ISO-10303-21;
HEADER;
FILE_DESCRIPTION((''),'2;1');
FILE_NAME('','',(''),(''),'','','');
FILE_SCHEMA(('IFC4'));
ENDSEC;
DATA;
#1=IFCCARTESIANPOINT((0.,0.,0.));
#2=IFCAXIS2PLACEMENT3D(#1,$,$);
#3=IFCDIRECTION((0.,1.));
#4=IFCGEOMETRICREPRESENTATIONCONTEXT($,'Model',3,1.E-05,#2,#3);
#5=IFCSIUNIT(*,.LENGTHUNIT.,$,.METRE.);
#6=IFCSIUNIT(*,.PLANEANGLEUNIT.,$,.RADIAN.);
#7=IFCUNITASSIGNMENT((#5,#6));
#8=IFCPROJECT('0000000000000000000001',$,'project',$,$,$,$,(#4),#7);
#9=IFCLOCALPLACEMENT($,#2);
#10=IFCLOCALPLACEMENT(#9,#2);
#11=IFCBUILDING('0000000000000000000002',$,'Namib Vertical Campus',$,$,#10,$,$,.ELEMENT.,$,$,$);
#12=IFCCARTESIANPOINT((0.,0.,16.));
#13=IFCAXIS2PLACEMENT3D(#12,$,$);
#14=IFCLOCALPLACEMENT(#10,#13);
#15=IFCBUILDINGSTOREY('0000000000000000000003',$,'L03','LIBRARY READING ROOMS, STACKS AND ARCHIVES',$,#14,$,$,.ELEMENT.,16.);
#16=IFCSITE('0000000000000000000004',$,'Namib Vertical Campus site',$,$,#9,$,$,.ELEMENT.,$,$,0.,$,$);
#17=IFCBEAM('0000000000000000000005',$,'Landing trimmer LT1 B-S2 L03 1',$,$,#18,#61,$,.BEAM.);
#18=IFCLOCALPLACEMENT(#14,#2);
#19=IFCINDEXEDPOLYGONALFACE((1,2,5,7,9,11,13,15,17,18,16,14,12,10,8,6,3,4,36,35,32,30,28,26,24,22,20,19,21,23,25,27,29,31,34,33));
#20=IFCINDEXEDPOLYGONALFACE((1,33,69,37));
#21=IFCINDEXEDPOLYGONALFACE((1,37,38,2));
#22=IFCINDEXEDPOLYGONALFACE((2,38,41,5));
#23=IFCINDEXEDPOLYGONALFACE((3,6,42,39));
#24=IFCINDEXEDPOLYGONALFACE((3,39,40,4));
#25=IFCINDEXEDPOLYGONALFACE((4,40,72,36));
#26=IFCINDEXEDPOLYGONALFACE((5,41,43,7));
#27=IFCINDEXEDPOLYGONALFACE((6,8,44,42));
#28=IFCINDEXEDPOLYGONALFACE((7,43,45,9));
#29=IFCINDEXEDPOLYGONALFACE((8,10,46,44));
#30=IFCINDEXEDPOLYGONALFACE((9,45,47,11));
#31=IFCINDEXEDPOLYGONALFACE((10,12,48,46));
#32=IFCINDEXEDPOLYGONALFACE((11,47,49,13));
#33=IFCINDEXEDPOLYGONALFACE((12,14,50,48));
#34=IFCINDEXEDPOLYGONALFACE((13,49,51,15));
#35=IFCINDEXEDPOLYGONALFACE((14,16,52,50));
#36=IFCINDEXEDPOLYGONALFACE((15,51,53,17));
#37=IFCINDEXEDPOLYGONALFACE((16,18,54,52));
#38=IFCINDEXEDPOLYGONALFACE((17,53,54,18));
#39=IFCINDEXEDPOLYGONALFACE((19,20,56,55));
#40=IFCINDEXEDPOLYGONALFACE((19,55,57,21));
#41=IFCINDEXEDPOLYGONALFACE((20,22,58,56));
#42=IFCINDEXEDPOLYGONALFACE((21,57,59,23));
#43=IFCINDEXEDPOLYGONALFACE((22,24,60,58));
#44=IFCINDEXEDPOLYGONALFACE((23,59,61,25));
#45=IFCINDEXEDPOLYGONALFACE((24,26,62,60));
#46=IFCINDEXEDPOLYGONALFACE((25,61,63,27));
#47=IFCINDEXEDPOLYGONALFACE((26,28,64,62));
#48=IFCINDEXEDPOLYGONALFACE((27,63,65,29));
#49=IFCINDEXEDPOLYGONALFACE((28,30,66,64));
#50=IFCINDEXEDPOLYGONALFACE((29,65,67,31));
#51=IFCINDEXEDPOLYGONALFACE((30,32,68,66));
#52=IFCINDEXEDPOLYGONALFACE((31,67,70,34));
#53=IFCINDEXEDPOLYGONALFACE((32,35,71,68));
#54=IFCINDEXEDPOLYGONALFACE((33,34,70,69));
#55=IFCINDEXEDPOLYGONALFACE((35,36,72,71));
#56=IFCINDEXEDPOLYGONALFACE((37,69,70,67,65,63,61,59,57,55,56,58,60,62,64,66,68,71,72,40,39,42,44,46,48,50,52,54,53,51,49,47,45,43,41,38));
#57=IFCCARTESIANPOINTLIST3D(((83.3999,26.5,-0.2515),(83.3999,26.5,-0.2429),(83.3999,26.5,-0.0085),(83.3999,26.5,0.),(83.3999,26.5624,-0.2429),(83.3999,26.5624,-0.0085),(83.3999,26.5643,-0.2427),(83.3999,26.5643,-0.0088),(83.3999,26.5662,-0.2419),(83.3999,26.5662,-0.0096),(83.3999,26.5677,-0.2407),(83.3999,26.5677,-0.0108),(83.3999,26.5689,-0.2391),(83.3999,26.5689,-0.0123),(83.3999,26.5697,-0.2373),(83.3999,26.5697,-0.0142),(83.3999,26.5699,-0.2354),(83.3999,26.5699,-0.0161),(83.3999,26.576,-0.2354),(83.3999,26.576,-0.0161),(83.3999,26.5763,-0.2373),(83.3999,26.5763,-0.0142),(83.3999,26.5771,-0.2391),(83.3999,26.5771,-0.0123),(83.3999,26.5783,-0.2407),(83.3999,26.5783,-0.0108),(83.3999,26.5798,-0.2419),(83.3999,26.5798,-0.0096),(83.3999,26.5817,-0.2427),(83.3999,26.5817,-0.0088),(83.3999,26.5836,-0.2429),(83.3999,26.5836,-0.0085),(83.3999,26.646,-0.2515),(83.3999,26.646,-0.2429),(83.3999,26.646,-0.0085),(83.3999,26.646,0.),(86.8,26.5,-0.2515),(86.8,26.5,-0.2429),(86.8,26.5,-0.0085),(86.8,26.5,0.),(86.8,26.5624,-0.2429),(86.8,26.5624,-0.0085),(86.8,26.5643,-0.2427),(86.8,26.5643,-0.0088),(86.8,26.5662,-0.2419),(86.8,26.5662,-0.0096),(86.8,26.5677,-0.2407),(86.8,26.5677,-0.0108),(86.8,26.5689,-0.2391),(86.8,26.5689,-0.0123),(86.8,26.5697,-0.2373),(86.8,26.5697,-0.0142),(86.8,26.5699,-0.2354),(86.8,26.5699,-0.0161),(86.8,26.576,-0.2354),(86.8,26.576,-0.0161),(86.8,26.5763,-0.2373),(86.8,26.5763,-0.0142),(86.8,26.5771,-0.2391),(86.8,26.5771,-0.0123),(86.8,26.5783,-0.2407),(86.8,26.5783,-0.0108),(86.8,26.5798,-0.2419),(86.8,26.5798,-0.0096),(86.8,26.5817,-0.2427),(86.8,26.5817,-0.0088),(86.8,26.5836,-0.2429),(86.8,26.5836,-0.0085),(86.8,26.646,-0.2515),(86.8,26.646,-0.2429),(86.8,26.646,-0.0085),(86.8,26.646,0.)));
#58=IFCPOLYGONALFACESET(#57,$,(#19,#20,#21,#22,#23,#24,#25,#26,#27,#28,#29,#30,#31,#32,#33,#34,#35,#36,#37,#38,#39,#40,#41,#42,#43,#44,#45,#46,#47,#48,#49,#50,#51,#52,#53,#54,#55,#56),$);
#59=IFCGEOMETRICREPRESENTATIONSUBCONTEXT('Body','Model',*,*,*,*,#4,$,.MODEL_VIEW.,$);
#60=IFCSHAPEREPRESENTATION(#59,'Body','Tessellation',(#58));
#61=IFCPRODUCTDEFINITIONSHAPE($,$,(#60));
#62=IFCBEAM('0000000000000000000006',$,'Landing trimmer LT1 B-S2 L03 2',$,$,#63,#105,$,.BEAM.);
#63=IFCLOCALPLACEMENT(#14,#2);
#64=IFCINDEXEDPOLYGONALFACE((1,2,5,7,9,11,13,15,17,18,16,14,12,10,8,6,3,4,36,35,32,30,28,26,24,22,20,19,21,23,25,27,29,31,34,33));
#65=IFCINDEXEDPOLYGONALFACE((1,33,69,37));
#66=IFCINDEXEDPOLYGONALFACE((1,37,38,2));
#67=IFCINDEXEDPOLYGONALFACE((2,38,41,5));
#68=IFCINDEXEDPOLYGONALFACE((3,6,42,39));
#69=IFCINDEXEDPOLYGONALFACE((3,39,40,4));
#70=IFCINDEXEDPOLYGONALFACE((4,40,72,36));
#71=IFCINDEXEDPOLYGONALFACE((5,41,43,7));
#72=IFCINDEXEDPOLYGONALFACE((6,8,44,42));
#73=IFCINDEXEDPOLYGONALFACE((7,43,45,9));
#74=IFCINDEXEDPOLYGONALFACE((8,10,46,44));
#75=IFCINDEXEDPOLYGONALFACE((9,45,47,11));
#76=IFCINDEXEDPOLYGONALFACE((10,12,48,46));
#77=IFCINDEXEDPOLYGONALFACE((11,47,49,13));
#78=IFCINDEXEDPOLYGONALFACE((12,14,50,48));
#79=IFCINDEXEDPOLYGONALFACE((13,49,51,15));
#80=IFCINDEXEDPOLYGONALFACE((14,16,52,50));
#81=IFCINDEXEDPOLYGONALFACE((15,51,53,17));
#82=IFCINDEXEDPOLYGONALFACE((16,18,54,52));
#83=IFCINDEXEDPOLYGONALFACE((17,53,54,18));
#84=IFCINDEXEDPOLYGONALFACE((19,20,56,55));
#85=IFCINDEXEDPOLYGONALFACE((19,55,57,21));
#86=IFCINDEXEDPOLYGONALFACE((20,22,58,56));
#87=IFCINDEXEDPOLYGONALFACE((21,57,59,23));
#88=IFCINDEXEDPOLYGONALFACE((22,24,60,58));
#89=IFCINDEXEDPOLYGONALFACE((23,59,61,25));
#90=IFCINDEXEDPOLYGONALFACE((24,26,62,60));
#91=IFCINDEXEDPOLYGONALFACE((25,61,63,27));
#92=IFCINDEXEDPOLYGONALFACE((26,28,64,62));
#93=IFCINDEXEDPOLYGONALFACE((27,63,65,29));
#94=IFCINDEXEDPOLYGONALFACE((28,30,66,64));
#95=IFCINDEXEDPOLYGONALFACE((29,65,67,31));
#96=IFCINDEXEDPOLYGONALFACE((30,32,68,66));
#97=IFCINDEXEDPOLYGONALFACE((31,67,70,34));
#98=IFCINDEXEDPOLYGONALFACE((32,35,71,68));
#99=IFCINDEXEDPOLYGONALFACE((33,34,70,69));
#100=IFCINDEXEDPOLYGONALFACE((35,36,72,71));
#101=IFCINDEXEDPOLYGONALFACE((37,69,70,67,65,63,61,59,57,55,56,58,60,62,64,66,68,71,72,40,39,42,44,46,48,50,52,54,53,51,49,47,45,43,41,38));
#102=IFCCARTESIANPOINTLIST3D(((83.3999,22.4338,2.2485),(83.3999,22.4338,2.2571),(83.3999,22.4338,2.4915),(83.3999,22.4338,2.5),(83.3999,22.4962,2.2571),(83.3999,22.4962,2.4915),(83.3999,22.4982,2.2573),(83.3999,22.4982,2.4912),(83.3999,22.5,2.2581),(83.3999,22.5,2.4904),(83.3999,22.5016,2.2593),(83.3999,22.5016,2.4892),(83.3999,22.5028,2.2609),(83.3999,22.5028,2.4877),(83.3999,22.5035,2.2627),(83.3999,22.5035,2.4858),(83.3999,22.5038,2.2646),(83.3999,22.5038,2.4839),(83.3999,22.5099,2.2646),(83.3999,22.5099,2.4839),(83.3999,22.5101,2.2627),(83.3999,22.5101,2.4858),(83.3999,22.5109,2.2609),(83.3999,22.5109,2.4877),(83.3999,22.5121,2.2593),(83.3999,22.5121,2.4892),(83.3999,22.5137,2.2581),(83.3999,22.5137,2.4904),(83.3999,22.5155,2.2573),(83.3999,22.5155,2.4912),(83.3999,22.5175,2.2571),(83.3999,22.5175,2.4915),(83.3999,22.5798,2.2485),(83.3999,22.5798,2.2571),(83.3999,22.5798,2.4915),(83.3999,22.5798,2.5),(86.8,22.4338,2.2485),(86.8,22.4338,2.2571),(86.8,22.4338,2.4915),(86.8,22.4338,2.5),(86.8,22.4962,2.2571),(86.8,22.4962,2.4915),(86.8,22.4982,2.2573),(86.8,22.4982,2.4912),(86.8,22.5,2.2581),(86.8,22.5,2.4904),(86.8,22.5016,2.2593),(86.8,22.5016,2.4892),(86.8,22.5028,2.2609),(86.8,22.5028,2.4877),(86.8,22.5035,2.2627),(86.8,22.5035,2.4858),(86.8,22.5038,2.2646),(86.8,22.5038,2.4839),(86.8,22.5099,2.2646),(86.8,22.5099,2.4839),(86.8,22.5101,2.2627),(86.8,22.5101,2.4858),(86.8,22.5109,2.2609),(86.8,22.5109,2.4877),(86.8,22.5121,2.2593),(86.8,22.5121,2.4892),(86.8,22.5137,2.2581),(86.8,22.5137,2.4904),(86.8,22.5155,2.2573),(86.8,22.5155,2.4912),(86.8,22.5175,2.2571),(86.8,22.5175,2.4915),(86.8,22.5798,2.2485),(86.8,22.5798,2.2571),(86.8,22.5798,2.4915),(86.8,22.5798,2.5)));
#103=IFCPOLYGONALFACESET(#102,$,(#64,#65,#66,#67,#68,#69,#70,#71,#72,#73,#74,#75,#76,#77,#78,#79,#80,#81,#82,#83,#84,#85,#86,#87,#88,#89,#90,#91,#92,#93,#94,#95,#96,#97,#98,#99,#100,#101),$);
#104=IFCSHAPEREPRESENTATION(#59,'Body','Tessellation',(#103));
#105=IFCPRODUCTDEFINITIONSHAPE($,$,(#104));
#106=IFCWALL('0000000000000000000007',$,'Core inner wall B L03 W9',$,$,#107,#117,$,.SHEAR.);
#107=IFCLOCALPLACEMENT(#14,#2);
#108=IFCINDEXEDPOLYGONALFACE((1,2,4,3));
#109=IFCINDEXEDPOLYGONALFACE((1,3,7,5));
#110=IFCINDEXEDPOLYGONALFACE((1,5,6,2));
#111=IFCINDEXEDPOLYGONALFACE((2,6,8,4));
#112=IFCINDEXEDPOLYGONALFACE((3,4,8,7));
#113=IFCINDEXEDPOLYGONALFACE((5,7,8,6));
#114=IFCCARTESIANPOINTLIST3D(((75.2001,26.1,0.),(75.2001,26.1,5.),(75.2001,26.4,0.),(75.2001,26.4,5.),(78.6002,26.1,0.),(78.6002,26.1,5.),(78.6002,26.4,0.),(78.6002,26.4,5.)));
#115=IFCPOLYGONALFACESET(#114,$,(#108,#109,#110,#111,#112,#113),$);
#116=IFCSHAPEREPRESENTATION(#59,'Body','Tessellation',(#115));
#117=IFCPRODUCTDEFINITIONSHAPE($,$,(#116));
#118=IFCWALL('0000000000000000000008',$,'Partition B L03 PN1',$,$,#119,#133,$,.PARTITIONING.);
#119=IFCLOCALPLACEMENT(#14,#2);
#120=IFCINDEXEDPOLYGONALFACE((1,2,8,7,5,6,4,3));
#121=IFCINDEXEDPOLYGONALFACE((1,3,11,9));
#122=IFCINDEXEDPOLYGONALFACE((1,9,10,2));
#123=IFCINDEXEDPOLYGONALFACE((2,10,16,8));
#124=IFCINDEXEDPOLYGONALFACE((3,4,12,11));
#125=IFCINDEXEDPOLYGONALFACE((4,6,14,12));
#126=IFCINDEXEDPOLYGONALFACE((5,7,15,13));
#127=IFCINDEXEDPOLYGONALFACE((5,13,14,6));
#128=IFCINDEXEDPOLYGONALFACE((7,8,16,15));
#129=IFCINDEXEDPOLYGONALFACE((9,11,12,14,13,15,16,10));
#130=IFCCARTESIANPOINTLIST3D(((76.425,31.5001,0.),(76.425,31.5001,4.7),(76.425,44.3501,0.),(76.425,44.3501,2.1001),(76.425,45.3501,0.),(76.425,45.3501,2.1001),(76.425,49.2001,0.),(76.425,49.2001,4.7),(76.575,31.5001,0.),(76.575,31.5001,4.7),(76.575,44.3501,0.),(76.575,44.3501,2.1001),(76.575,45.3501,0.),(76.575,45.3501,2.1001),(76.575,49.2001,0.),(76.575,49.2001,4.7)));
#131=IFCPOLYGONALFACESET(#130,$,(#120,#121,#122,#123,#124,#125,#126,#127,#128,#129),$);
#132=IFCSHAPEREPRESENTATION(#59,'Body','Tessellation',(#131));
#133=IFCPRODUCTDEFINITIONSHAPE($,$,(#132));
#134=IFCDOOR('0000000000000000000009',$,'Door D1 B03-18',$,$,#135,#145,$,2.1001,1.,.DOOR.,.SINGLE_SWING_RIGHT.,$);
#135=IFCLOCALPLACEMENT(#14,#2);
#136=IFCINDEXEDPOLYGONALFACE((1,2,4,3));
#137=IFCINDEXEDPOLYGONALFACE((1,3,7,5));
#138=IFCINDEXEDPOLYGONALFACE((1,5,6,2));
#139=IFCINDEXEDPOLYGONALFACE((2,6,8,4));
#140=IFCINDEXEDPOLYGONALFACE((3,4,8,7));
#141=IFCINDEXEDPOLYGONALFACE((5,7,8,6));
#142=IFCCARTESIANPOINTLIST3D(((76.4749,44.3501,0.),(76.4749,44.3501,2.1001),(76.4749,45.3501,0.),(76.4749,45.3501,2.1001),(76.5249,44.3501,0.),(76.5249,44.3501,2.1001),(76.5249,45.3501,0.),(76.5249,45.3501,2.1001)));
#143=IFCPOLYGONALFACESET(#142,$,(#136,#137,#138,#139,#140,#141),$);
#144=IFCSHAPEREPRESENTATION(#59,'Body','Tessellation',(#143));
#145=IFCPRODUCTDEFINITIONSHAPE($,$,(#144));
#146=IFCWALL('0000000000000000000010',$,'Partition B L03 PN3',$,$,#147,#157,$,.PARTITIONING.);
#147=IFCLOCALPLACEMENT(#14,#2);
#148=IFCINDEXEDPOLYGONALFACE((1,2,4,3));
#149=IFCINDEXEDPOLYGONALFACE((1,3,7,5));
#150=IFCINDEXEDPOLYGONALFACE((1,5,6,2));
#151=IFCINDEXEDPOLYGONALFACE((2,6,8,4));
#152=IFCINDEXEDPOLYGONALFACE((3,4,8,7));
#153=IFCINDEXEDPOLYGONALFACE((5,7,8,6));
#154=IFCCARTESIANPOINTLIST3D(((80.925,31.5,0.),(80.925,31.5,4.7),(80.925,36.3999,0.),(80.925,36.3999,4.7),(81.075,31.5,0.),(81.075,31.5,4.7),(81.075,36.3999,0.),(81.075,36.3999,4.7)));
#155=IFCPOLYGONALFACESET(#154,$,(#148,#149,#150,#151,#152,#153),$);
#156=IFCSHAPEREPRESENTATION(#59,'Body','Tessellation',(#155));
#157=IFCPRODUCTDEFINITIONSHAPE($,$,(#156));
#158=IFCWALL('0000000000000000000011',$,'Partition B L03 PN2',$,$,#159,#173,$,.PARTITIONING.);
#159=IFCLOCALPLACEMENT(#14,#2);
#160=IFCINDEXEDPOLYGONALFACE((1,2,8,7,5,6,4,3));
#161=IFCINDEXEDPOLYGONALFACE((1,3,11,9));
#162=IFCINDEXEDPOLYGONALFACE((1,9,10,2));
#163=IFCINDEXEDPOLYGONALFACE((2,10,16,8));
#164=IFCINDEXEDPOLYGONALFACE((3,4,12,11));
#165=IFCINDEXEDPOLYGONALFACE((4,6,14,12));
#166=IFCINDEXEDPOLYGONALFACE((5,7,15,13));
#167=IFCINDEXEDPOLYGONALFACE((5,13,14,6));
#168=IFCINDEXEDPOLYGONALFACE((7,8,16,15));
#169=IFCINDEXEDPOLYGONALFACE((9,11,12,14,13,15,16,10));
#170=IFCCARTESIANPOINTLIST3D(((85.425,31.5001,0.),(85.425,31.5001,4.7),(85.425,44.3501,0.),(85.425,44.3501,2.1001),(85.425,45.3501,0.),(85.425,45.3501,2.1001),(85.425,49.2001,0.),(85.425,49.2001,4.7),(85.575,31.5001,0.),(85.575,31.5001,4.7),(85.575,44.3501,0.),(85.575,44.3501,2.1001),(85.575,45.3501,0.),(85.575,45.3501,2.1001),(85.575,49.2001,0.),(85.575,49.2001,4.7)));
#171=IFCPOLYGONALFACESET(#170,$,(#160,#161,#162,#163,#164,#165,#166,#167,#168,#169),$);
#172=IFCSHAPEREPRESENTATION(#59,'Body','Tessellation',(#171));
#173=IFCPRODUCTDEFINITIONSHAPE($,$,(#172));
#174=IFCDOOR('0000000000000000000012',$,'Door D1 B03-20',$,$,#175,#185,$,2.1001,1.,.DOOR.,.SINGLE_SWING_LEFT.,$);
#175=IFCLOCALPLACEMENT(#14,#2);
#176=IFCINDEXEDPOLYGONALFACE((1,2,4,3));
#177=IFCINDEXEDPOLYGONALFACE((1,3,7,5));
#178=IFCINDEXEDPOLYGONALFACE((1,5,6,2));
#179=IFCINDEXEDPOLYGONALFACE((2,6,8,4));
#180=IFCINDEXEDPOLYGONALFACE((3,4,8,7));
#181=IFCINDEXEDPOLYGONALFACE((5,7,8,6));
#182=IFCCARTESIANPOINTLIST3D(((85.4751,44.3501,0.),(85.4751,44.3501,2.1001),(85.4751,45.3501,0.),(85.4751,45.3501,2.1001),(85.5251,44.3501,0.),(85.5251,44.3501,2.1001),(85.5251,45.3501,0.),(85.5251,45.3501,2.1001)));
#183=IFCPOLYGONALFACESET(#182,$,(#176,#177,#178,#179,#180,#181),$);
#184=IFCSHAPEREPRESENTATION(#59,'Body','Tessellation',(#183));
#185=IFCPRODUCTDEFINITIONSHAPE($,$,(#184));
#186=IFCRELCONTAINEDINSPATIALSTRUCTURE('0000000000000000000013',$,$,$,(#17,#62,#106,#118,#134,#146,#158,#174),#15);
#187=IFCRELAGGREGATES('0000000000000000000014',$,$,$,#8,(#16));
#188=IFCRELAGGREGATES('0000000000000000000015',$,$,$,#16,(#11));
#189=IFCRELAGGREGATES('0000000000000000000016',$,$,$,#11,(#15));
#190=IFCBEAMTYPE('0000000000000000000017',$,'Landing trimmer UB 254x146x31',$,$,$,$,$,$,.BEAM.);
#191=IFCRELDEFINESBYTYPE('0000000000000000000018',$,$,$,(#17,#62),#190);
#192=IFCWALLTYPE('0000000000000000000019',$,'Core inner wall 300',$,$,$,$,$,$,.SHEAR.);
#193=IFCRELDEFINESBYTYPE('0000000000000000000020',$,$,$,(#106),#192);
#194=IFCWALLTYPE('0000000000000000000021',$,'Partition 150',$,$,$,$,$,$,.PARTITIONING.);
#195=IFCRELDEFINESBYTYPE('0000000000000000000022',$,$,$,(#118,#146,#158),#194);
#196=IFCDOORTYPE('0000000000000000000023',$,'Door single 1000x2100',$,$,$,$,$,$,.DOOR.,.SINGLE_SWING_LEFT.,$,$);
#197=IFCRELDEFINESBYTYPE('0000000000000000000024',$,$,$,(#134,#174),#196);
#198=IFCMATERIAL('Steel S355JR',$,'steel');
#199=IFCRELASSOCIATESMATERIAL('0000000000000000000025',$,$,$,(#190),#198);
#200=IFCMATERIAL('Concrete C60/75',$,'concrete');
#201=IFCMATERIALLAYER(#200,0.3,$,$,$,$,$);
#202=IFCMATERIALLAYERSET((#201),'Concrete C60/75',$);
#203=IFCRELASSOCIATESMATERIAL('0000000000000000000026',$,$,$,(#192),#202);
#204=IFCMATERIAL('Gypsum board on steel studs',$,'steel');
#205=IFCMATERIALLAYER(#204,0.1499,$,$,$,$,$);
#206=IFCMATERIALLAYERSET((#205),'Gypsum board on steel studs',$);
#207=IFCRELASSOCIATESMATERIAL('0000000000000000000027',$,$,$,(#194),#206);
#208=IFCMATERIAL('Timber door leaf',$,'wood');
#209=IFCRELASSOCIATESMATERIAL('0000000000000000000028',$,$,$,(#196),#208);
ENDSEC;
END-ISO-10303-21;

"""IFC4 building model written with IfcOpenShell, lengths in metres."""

from ifc_helpers import new_model, si_unit, direction, frame, frame_2d, origin, origin_2d, place, context, subcontext, project, spatial, rectangle, i_section, extrude, material, layer, layer_set, material_profile, profile_set, type_object, element, fill, save


model = new_model("IFC4")

# Units and contexts
model_context = context("Model", 3, precision=1e-05, world=origin(), true_north=direction((0.0, 1.0)))
body_context = subcontext(model_context, "Body", "Model", "MODEL_VIEW")
ifc_project = project(units=[si_unit("LENGTHUNIT", "METRE"), si_unit("PLANEANGLEUNIT", "RADIAN")], contexts=[model_context])

# Site, building, storey
site_placement = place(None, origin())
site = spatial("IfcSite", under=ifc_project, at=site_placement, Name="Namib Vertical Campus site", CompositionType="ELEMENT", RefElevation=0.0)
building_placement = place(site_placement, origin())
building = spatial("IfcBuilding", under=site, at=building_placement, Name="Namib Vertical Campus", CompositionType="ELEMENT")
storey_placement = place(building_placement, frame((0.0, 0.0, 16.0)))
storey = spatial("IfcBuildingStorey", under=building, at=storey_placement, Name="L03", Description="LIBRARY READING ROOMS, STACKS AND ARCHIVES", CompositionType="ELEMENT", Elevation=16.0)

# Beams
ifc_material_1 = material(Name="Steel S355JR", Category="steel")
ifc_material_profile = material_profile(ifc_material_1, i_section(OverallWidth=0.146, OverallDepth=0.2515, WebThickness=0.0061, FlangeThickness=0.0085, FilletRadius=0.0076, at=origin_2d()))
ifc_profile_set = profile_set([ifc_material_profile], Name="Steel S355JR")
beam_type = type_object("IfcBeamType", Name="Landing trimmer UB 254x146x31", PredefinedType="BEAM", material=ifc_profile_set)
for number, where, z_axis, x_axis, name in (
    (1, (83.3999, 26.573, -0.1257), (1.0, 0.0, 0.0), (0.0, 1.0, 0.0), "Landing trimmer LT1 B-S2 L03 1"),
    (2, (83.3999, 22.5068, 2.3743), (1.0, 0.0, 0.0), (0.0, 1.0, 0.0), "Landing trimmer LT1 B-S2 L03 2"),
):
    element("IfcBeam", number, at=place(storey_placement, frame(where, z_axis=z_axis, x_axis=x_axis)), inside=storey, type_object=beam_type, Name=name, PredefinedType="BEAM", context=body_context, shape_type="SweptSolid", body=[
        extrude(i_section(OverallWidth=0.146, OverallDepth=0.2515, WebThickness=0.0061, FlangeThickness=0.0085, FilletRadius=0.0076, at=origin_2d()), origin(), (0.0, 0.0, 1.0), 3.4001),
    ])

# Wall
ifc_material_2 = material(Name="Concrete C60/75", Category="concrete")
ifc_layer_1 = layer(ifc_material_2, 0.3)
ifc_layer_set_1 = layer_set([ifc_layer_1], Name="Concrete C60/75")
wall_type_1 = type_object("IfcWallType", Name="Core inner wall 300", PredefinedType="SHEAR", material=ifc_layer_set_1)
wall_1_placement = place(storey_placement, frame((75.2, 26.25, 0.0), z_axis=(0.0, 0.0, 1.0), x_axis=(1.0, 0.0, 0.0)))
element("IfcWall", 3, at=wall_1_placement, inside=storey, type_object=wall_type_1, Name="Core inner wall B L03 W9", PredefinedType="SHEAR", context=body_context, shape_type="SweptSolid", body=[
    extrude(rectangle(XDim=3.4001, YDim=0.3, at=frame_2d((1.7002, 0.0))), origin(), (0.0, 0.0, 1.0), 5.0),
])

# Wall, opening, door
ifc_material_3 = material(Name="Gypsum board on steel studs", Category="steel")
ifc_layer_2 = layer(ifc_material_3, 0.1499)
ifc_layer_set_2 = layer_set([ifc_layer_2], Name="Gypsum board on steel studs")
wall_type_2 = type_object("IfcWallType", Name="Partition 150", PredefinedType="PARTITIONING", material=ifc_layer_set_2)
wall_2_placement = place(storey_placement, frame((76.5, 31.5, 0.0), z_axis=(0.0, 0.0, 1.0), x_axis=(0.0, 1.0, 0.0)))
wall_2 = element("IfcWall", 4, at=wall_2_placement, inside=storey, type_object=wall_type_2, Name="Partition B L03 PN1", PredefinedType="PARTITIONING", context=body_context, shape_type="SweptSolid", body=[
    extrude(rectangle(XDim=17.7, YDim=0.1499, at=frame_2d((8.8501, 0.0))), origin(), (0.0, 0.0, 1.0), 4.7),
])
opening_1_placement = place(wall_2_placement, frame((12.8501, 0.0, 0.0)))
opening_1 = element("IfcOpeningElement", 5, at=opening_1_placement, cuts=wall_2, PredefinedType="OPENING", context=body_context, shape_type="SweptSolid", body=[
    extrude(rectangle(XDim=1.0, YDim=2.1001, at=frame_2d((0.5, 1.05))), frame((0.0, 0.085, 0.0), z_axis=(0.0, -1.0, 0.0), x_axis=(1.0, 0.0, 0.0)), (0.0, 0.0, 1.0), 0.1699),
])
ifc_material_4 = material(Name="Timber door leaf", Category="wood")
door_type = type_object("IfcDoorType", Name="Door single 1000x2100", OperationType="SINGLE_SWING_LEFT", PredefinedType="DOOR", material=ifc_material_4)
door_1_placement = place(opening_1_placement, frame((1.0, 0.0, 0.0), z_axis=(0.0, 0.0, 1.0), x_axis=(-1.0, 0.0, 0.0)))
door_1 = element("IfcDoor", 6, at=door_1_placement, inside=storey, type_object=door_type, Name="Door D1 B03-18", OperationType="SINGLE_SWING_RIGHT", OverallHeight=2.1001, OverallWidth=1.0, PredefinedType="DOOR", context=body_context, shape_type="SweptSolid", body=[
    extrude(rectangle(XDim=1.0, YDim=2.1001, at=frame_2d((0.5, 1.05))), frame((0.0, 0.0249, 0.0), z_axis=(0.0, -1.0, 0.0), x_axis=(1.0, 0.0, 0.0)), (0.0, 0.0, 1.0), 0.05),
])
fill(opening_1, door_1)

# Wall
wall_3_placement = place(storey_placement, frame((81.0, 31.5, 0.0), z_axis=(0.0, 0.0, 1.0), x_axis=(0.0, 1.0, 0.0)))
element("IfcWall", 7, at=wall_3_placement, inside=storey, type_object=wall_type_2, Name="Partition B L03 PN3", PredefinedType="PARTITIONING", context=body_context, shape_type="SweptSolid", body=[
    extrude(rectangle(XDim=4.8999, YDim=0.1499, at=frame_2d((2.45, 0.0))), origin(), (0.0, 0.0, 1.0), 4.7),
])

# Wall, opening, door
wall_4_placement = place(storey_placement, frame((85.5, 31.5, 0.0), z_axis=(0.0, 0.0, 1.0), x_axis=(0.0, 1.0, 0.0)))
wall_4 = element("IfcWall", 8, at=wall_4_placement, inside=storey, type_object=wall_type_2, Name="Partition B L03 PN2", PredefinedType="PARTITIONING", context=body_context, shape_type="SweptSolid", body=[
    extrude(rectangle(XDim=17.7, YDim=0.1499, at=frame_2d((8.8501, 0.0))), origin(), (0.0, 0.0, 1.0), 4.7),
])
opening_2_placement = place(wall_4_placement, frame((12.8501, 0.0, 0.0)))
opening_2 = element("IfcOpeningElement", 9, at=opening_2_placement, cuts=wall_4, PredefinedType="OPENING", context=body_context, shape_type="SweptSolid", body=[
    extrude(rectangle(XDim=1.0, YDim=2.1001, at=frame_2d((0.5, 1.05))), frame((0.0, 0.085, 0.0), z_axis=(0.0, -1.0, 0.0), x_axis=(1.0, 0.0, 0.0)), (0.0, 0.0, 1.0), 0.1699),
])
door_2_placement = place(opening_2_placement, origin())
door_2 = element("IfcDoor", 10, at=door_2_placement, inside=storey, type_object=door_type, Name="Door D1 B03-20", OperationType="SINGLE_SWING_LEFT", OverallHeight=2.1001, OverallWidth=1.0, PredefinedType="DOOR", context=body_context, shape_type="SweptSolid", body=[
    extrude(rectangle(XDim=1.0, YDim=2.1001, at=frame_2d((0.5, 1.05))), frame((0.0, 0.0249, 0.0), z_axis=(0.0, -1.0, 0.0), x_axis=(1.0, 0.0, 0.0)), (0.0, 0.0, 1.0), 0.05),
])
fill(opening_2, door_2)

save(model, "model.ifc")
